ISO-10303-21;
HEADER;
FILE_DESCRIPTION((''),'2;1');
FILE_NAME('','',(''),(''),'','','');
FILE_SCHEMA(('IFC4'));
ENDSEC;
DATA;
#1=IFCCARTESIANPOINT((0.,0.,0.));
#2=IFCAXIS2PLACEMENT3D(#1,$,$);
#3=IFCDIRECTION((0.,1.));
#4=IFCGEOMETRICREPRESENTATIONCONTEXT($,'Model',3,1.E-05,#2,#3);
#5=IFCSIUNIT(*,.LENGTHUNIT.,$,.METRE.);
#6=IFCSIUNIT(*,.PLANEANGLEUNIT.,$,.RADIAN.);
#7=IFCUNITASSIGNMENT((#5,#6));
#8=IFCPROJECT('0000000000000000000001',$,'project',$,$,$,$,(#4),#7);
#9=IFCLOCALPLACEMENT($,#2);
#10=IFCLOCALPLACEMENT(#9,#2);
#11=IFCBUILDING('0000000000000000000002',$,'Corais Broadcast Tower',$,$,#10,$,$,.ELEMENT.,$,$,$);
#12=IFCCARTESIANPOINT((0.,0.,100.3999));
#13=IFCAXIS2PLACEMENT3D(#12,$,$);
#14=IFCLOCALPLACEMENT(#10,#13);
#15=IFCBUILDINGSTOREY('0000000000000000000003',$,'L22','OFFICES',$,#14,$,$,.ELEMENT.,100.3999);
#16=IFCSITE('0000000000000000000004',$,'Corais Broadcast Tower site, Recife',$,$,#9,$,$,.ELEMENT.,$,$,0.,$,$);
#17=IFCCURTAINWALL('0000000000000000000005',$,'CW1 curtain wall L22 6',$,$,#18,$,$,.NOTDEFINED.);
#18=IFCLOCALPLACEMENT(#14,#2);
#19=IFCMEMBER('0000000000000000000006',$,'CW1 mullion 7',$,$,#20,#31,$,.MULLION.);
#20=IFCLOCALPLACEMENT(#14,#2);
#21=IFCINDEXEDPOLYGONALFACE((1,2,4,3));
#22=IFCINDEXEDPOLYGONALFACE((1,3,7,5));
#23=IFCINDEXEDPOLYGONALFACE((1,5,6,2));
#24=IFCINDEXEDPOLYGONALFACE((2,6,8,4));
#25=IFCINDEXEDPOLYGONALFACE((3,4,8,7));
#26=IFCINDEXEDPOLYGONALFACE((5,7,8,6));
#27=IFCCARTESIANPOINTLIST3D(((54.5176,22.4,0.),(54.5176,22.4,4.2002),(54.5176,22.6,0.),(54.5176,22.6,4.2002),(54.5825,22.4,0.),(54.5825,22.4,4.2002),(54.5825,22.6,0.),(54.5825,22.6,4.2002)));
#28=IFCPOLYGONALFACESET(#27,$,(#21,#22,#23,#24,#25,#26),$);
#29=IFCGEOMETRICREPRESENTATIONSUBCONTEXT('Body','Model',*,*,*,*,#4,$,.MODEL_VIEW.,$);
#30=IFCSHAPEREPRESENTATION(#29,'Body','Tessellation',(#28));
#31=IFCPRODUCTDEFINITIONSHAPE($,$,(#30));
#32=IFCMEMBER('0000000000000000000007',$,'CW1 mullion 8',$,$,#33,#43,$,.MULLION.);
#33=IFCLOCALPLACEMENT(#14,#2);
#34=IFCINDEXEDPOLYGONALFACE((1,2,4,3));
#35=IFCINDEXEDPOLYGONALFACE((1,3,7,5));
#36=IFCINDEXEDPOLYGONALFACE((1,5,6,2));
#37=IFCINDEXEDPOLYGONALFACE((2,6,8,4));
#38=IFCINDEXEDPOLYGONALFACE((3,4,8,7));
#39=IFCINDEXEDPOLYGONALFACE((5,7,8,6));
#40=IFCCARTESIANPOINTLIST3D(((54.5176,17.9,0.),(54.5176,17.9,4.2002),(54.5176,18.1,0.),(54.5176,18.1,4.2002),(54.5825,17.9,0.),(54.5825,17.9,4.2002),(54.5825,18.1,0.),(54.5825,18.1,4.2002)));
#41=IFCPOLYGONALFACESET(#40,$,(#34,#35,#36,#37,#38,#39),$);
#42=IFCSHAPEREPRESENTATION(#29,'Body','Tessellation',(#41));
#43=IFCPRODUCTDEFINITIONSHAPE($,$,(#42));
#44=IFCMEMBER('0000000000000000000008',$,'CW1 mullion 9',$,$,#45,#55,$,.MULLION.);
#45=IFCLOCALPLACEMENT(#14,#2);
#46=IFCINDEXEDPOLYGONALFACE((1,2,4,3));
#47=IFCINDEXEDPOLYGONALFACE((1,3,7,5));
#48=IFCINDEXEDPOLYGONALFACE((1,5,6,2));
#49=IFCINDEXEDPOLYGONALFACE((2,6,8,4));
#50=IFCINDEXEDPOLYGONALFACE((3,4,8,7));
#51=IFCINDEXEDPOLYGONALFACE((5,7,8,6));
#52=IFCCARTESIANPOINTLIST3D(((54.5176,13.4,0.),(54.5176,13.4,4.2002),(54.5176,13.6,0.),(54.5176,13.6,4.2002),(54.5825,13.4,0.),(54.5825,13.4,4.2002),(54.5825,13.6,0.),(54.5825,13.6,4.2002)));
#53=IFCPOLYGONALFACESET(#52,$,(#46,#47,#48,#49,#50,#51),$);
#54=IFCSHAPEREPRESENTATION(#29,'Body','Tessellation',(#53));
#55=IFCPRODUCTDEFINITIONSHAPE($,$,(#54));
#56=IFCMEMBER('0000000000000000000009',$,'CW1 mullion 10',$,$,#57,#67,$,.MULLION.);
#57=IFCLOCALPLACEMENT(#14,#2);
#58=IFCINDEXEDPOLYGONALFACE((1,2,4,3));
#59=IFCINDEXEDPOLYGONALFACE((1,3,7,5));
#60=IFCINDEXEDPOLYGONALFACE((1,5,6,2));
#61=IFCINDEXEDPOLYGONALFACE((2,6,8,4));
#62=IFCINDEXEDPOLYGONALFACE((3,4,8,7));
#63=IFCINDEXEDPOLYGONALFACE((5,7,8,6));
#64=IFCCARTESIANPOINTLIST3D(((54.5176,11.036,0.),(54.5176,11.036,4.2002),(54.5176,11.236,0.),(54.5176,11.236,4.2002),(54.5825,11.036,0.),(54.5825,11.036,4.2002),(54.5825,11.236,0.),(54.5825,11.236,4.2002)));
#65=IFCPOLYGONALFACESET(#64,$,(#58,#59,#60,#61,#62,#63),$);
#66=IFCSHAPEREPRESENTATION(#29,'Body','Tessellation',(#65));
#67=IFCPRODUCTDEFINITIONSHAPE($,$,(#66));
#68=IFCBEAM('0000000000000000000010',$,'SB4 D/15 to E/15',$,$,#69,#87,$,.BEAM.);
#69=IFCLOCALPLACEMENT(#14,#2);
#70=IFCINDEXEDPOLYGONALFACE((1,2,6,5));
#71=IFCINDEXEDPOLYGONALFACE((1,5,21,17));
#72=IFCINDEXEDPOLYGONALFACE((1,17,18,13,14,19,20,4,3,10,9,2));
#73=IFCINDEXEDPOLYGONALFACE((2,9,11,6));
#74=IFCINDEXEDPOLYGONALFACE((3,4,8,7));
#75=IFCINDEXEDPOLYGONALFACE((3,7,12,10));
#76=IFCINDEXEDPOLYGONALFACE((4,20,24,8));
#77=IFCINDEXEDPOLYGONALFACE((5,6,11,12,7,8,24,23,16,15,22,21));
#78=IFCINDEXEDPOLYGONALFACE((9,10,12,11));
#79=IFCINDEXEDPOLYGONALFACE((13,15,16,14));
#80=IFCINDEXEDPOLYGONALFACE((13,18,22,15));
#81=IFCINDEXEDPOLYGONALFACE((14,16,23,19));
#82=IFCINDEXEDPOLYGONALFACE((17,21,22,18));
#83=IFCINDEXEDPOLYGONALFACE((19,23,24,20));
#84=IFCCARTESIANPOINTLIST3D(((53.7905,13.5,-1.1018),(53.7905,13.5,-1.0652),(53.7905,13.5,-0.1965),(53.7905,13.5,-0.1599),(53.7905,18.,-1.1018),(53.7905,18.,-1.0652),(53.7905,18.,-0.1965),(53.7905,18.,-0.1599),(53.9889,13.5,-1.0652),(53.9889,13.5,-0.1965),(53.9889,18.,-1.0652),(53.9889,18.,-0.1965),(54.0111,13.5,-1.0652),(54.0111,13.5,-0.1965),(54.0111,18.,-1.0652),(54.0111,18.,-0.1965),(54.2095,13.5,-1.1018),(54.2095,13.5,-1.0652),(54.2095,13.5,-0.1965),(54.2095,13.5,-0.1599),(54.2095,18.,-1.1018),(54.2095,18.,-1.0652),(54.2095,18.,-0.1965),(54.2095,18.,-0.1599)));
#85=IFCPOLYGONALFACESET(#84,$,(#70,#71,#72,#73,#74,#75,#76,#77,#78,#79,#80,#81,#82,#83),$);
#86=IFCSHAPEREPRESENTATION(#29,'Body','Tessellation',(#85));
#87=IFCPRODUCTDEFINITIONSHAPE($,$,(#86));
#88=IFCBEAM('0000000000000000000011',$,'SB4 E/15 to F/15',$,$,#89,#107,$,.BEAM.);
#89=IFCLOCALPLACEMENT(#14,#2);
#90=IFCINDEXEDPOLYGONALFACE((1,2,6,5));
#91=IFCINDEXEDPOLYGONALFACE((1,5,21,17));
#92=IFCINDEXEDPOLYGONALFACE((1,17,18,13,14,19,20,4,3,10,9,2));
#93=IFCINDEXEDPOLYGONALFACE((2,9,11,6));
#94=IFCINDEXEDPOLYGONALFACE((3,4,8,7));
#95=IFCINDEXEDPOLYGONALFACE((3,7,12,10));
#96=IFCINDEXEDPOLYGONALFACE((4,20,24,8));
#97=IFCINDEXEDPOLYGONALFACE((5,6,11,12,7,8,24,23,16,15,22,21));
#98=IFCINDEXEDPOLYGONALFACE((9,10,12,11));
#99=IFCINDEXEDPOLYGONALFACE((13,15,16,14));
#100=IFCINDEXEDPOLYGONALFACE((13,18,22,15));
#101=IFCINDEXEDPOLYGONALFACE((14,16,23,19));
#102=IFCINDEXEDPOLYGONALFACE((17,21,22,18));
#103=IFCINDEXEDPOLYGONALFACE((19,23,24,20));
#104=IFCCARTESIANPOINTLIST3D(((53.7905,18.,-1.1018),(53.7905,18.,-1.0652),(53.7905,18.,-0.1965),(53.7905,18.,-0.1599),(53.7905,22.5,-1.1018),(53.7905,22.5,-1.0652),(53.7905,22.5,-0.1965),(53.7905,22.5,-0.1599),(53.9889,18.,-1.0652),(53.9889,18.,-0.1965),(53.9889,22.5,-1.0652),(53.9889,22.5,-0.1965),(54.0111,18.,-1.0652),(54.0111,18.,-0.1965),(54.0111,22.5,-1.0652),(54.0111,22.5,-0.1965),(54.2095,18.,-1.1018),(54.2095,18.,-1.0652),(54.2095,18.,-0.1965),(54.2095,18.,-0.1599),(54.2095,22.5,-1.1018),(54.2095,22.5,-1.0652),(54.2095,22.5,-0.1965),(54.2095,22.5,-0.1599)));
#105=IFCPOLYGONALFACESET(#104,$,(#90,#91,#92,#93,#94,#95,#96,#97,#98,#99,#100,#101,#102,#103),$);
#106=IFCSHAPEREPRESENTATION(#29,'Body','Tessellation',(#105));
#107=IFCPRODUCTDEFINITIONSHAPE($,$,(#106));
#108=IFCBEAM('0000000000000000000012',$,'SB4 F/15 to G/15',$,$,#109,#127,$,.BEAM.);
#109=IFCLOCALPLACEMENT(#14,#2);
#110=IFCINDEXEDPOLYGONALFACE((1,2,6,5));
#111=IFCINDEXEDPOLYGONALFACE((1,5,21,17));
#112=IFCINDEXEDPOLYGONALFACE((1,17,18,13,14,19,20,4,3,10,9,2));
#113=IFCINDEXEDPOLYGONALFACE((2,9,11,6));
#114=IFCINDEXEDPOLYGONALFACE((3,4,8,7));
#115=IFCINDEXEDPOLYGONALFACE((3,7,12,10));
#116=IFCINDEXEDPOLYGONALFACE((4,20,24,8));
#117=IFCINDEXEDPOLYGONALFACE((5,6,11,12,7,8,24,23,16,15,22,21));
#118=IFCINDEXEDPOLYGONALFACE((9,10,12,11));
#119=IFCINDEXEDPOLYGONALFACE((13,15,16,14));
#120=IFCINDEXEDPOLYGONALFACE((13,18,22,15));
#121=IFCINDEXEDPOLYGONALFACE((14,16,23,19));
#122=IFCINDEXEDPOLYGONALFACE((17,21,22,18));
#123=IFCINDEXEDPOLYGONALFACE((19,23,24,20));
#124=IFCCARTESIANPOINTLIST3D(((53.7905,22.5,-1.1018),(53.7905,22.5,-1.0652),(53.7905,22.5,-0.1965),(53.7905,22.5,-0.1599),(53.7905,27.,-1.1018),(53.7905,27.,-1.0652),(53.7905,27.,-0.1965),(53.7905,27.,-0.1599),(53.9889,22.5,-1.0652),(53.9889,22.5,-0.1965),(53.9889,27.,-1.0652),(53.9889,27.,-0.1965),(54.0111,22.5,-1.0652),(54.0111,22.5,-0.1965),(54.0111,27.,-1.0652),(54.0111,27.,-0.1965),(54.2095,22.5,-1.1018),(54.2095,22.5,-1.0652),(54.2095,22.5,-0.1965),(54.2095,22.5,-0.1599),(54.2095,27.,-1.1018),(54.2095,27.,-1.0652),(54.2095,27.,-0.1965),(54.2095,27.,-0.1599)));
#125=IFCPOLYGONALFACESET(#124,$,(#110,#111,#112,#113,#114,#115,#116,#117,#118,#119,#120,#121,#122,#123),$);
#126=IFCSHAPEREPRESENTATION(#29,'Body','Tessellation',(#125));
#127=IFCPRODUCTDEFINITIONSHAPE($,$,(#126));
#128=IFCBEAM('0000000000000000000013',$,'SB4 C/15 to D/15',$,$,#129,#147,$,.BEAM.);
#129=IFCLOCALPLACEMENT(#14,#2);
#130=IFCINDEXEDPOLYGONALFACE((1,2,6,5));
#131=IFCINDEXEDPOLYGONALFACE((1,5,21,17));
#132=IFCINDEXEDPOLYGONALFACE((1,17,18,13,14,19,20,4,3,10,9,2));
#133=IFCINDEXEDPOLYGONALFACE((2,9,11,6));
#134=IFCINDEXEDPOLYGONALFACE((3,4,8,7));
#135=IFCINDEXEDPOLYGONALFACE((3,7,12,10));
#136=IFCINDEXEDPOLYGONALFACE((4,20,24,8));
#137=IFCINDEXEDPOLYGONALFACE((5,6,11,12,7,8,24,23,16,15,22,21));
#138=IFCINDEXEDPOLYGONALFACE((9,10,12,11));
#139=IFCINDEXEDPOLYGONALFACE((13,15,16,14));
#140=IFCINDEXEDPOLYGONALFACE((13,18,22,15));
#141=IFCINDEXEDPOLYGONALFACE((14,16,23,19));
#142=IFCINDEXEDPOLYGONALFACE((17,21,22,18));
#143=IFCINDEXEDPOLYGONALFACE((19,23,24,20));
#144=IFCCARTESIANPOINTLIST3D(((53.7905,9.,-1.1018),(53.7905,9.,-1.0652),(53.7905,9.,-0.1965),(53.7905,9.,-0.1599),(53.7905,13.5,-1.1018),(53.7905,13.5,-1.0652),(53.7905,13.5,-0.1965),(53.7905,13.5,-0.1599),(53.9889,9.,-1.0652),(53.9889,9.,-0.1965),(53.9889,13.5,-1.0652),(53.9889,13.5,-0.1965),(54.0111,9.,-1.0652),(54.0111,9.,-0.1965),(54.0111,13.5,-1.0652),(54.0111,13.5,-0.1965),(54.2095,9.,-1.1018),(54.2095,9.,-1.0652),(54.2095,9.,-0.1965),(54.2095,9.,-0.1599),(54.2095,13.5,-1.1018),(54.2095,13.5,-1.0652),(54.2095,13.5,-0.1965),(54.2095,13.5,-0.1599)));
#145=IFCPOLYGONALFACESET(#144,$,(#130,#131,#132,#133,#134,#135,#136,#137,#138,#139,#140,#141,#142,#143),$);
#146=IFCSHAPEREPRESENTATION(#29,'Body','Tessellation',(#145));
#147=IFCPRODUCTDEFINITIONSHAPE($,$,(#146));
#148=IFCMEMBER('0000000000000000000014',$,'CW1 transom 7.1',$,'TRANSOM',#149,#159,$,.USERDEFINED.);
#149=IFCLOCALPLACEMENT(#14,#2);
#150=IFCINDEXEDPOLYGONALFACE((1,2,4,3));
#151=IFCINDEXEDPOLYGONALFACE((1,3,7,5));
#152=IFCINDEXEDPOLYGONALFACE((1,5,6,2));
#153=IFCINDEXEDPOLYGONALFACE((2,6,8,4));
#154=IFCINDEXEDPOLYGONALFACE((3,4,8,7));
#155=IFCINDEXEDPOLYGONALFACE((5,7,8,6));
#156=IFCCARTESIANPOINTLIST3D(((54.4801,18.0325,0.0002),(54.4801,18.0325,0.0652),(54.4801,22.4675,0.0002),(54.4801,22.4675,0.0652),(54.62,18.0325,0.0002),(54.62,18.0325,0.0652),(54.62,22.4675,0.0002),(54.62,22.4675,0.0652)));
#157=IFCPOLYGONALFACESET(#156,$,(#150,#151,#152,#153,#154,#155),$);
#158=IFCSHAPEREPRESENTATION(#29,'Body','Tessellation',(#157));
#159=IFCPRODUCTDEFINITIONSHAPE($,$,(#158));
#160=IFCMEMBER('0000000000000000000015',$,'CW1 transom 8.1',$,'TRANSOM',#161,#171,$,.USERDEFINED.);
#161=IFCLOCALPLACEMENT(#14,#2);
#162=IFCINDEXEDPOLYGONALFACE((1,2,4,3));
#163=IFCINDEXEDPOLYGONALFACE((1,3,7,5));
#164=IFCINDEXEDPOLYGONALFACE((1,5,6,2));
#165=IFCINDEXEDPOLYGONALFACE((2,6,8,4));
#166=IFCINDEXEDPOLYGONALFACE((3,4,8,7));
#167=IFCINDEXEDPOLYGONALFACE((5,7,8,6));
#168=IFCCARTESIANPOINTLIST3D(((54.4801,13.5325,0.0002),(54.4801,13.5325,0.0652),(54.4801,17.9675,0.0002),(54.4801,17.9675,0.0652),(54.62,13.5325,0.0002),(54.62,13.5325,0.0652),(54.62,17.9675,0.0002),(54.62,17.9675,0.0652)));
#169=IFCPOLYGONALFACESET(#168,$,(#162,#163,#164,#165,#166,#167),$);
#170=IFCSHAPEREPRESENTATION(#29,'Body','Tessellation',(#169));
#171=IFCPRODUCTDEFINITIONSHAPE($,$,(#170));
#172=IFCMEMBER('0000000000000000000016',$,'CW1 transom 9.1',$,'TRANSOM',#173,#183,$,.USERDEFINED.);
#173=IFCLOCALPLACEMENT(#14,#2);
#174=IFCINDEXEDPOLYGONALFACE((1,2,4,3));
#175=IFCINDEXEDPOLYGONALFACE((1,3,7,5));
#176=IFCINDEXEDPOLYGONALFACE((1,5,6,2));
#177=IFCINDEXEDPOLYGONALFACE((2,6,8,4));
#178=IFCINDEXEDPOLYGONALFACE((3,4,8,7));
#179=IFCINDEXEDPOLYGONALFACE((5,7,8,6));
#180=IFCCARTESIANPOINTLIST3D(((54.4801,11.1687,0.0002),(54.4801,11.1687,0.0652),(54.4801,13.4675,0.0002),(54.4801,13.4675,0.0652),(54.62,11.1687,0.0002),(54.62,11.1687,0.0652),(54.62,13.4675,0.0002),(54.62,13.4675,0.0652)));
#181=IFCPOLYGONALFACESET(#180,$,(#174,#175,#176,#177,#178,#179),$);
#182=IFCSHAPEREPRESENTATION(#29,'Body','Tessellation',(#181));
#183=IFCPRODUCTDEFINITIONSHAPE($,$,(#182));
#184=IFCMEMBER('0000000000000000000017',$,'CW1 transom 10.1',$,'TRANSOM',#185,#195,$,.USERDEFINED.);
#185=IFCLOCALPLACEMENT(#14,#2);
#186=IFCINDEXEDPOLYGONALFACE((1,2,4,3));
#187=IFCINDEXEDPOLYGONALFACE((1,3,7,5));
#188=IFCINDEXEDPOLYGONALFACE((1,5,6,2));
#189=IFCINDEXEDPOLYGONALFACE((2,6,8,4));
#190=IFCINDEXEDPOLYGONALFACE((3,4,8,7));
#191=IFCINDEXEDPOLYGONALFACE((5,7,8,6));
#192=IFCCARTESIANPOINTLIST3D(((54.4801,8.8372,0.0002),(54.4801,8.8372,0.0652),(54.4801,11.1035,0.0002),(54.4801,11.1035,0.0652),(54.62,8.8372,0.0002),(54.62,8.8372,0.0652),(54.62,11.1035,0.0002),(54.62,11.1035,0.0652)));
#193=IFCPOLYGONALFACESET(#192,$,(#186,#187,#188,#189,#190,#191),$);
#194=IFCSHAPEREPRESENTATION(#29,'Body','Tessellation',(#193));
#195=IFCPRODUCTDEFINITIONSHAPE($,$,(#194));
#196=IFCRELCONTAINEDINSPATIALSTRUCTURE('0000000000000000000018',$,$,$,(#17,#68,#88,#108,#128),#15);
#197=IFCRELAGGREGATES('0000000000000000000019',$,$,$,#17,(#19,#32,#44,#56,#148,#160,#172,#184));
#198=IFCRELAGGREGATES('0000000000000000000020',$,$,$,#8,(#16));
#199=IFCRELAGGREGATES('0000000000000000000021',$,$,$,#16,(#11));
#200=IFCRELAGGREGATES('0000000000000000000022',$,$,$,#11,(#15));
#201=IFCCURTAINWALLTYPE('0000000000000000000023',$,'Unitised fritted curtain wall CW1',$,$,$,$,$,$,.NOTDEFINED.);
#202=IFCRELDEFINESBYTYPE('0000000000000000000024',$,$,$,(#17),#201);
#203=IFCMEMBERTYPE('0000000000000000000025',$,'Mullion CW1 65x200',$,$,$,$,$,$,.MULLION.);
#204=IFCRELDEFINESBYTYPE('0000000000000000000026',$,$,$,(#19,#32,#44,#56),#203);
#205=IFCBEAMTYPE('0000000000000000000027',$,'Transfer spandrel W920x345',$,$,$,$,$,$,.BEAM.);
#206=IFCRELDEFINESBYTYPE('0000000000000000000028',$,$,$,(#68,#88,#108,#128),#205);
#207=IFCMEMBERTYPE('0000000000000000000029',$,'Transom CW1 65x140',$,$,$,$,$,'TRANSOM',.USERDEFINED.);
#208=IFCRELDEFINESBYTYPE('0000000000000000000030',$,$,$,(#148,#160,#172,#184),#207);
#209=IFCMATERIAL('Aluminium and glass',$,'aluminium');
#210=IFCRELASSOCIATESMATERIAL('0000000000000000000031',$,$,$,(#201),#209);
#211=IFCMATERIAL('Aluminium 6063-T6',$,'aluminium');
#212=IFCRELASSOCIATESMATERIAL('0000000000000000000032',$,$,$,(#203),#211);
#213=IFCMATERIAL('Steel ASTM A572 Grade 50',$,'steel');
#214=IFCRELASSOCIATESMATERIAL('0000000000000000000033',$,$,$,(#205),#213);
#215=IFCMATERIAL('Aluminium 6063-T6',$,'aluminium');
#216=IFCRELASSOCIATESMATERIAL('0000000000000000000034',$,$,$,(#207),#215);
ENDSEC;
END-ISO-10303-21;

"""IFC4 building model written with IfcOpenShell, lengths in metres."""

from ifc_helpers import new_model, si_unit, direction, frame, origin, origin_2d, place, context, subcontext, project, spatial, rectangle, i_section, extrude, material, material_profile, profile_set, type_object, element, aggregate, save


model = new_model("IFC4")

# Units and contexts
model_context = context("Model", 3, precision=1e-05, world=origin(), true_north=direction((0.0, 1.0)))
body_context = subcontext(model_context, "Body", "Model", "MODEL_VIEW")
ifc_project = project(units=[si_unit("LENGTHUNIT", "METRE"), si_unit("PLANEANGLEUNIT", "RADIAN")], contexts=[model_context])

# Site, building, storey
site_placement = place(None, origin())
site = spatial("IfcSite", under=ifc_project, at=site_placement, Name="Corais Broadcast Tower site, Recife", CompositionType="ELEMENT", RefElevation=0.0)
building_placement = place(site_placement, origin())
building = spatial("IfcBuilding", under=site, at=building_placement, Name="Corais Broadcast Tower", CompositionType="ELEMENT")
storey_placement = place(building_placement, frame((0.0, 0.0, 100.3999)))
storey = spatial("IfcBuildingStorey", under=building, at=storey_placement, Name="L22", Description="OFFICES", CompositionType="ELEMENT", Elevation=100.3999)

# Curtain wall, members
ifc_material_1 = material(Name="Aluminium and glass", Category="aluminium")
curtain_wall_type = type_object("IfcCurtainWallType", Name="Unitised fritted curtain wall CW1", PredefinedType="NOTDEFINED", material=ifc_material_1)
curtain_wall_placement = place(storey_placement, origin())
curtain_wall = element("IfcCurtainWall", 1, at=curtain_wall_placement, inside=storey, type_object=curtain_wall_type, Name="CW1 curtain wall L22 6", PredefinedType="NOTDEFINED")
ifc_material_2 = material(Name="Aluminium 6063-T6", Category="aluminium")
ifc_material_profile_1 = material_profile(ifc_material_2, rectangle(XDim=0.0649, YDim=0.2, at=origin_2d()), Name="Mullion CW1 65x200")
ifc_profile_set_1 = profile_set([ifc_material_profile_1], Name="Aluminium 6063-T6")
member_type_1 = type_object("IfcMemberType", Name="Mullion CW1 65x200", PredefinedType="MULLION", material=ifc_profile_set_1)
member_1_placement = place(storey_placement, frame((54.55, 22.5, 0.0), z_axis=(0.0, 0.0, 1.0), x_axis=(1.0, 0.0, 0.0)))
member_1 = element("IfcMember", 2, at=member_1_placement, type_object=member_type_1, Name="CW1 mullion 7", PredefinedType="MULLION", context=body_context, shape_type="SweptSolid", body=[
    extrude(rectangle(XDim=0.0649, YDim=0.2, at=origin_2d()), origin(), (0.0, 0.0, 1.0), 4.2002),
])
member_2_placement = place(storey_placement, frame((54.55, 18.0, 0.0), z_axis=(0.0, 0.0, 1.0), x_axis=(1.0, 0.0, 0.0)))
member_2 = element("IfcMember", 3, at=member_2_placement, type_object=member_type_1, Name="CW1 mullion 8", PredefinedType="MULLION", context=body_context, shape_type="SweptSolid", body=[
    extrude(rectangle(XDim=0.0649, YDim=0.2, at=origin_2d()), origin(), (0.0, 0.0, 1.0), 4.2002),
])
member_3_placement = place(storey_placement, frame((54.55, 13.5, 0.0), z_axis=(0.0, 0.0, 1.0), x_axis=(1.0, 0.0, 0.0)))
member_3 = element("IfcMember", 4, at=member_3_placement, type_object=member_type_1, Name="CW1 mullion 9", PredefinedType="MULLION", context=body_context, shape_type="SweptSolid", body=[
    extrude(rectangle(XDim=0.0649, YDim=0.2, at=origin_2d()), origin(), (0.0, 0.0, 1.0), 4.2002),
])
member_4_placement = place(storey_placement, frame((54.55, 11.136, 0.0), z_axis=(0.0, 0.0, 1.0), x_axis=(1.0, 0.0, 0.0)))
member_4 = element("IfcMember", 5, at=member_4_placement, type_object=member_type_1, Name="CW1 mullion 10", PredefinedType="MULLION", context=body_context, shape_type="SweptSolid", body=[
    extrude(rectangle(XDim=0.0649, YDim=0.2, at=origin_2d()), origin(), (0.0, 0.0, 1.0), 4.2002),
])

# Beams
ifc_material_3 = material(Name="Steel ASTM A572 Grade 50", Category="steel")
ifc_material_profile_2 = material_profile(ifc_material_3, i_section(OverallWidth=0.4189, OverallDepth=0.9419, WebThickness=0.0222, FlangeThickness=0.0366, at=origin_2d()), Name="W920x345")
ifc_profile_set_2 = profile_set([ifc_material_profile_2], Name="Steel ASTM A572 Grade 50")
beam_type_1 = type_object("IfcBeamType", Name="Transfer spandrel W920x345", PredefinedType="BEAM", material=ifc_profile_set_2)
for number, where, z_axis, x_axis, name in (
    (6, (54.0, 13.5, -0.6309), (0.0, 1.0, 0.0), (-1.0, 0.0, 0.0), "SB4 D/15 to E/15"),
    (7, (54.0, 18.0, -0.6309), (0.0, 1.0, 0.0), (-1.0, 0.0, 0.0), "SB4 E/15 to F/15"),
    (8, (54.0, 22.5, -0.6309), (0.0, 1.0, 0.0), (-1.0, 0.0, 0.0), "SB4 F/15 to G/15"),
    (9, (54.0, 9.0, -0.6309), (0.0, 1.0, 0.0), (-1.0, 0.0, 0.0), "SB4 C/15 to D/15"),
):
    element("IfcBeam", number, at=place(storey_placement, frame(where, z_axis=z_axis, x_axis=x_axis)), inside=storey, type_object=beam_type_1, Name=name, PredefinedType="BEAM", context=body_context, shape_type="SweptSolid", body=[
        extrude(i_section(OverallWidth=0.4189, OverallDepth=0.9419, WebThickness=0.0222, FlangeThickness=0.0366, at=origin_2d()), origin(), (0.0, 0.0, 1.0), 4.5),
    ])

# Members
ifc_material_4 = material(Name="Aluminium 6063-T6", Category="aluminium")
ifc_material_profile_3 = material_profile(ifc_material_4, rectangle(XDim=0.1399, YDim=0.0649, at=origin_2d()), Name="Transom CW1 65x140")
ifc_profile_set_3 = profile_set([ifc_material_profile_3], Name="Aluminium 6063-T6")
member_type_2 = type_object("IfcMemberType", Name="Transom CW1 65x140", ElementType="TRANSOM", PredefinedType="USERDEFINED", material=ifc_profile_set_3)
member_5_placement = place(storey_placement, frame((54.55, 22.4675, 0.0327), z_axis=(0.0, -1.0, 0.0), x_axis=(1.0, 0.0, 0.0)))
member_5 = element("IfcMember", 10, at=member_5_placement, type_object=member_type_2, Name="CW1 transom 7.1", ObjectType="TRANSOM", PredefinedType="USERDEFINED", context=body_context, shape_type="SweptSolid", body=[
    extrude(rectangle(XDim=0.1399, YDim=0.0649, at=origin_2d()), origin(), (0.0, 0.0, 1.0), 4.4351),
])
member_6_placement = place(storey_placement, frame((54.55, 17.9675, 0.0327), z_axis=(0.0, -1.0, 0.0), x_axis=(1.0, 0.0, 0.0)))
member_6 = element("IfcMember", 11, at=member_6_placement, type_object=member_type_2, Name="CW1 transom 8.1", ObjectType="TRANSOM", PredefinedType="USERDEFINED", context=body_context, shape_type="SweptSolid", body=[
    extrude(rectangle(XDim=0.1399, YDim=0.0649, at=origin_2d()), origin(), (0.0, 0.0, 1.0), 4.4351),
])
member_7_placement = place(storey_placement, frame((54.55, 13.4675, 0.0327), z_axis=(0.0, -1.0, 0.0), x_axis=(1.0, 0.0, 0.0)))
member_7 = element("IfcMember", 12, at=member_7_placement, type_object=member_type_2, Name="CW1 transom 9.1", ObjectType="TRANSOM", PredefinedType="USERDEFINED", context=body_context, shape_type="SweptSolid", body=[
    extrude(rectangle(XDim=0.1399, YDim=0.0649, at=origin_2d()), origin(), (0.0, 0.0, 1.0), 2.2988),
])
member_8_placement = place(storey_placement, frame((54.55, 11.1035, 0.0327), z_axis=(0.0, -1.0, 0.0), x_axis=(1.0, 0.0, 0.0)))
member_8 = element("IfcMember", 13, at=member_8_placement, type_object=member_type_2, Name="CW1 transom 10.1", ObjectType="TRANSOM", PredefinedType="USERDEFINED", context=body_context, shape_type="SweptSolid", body=[
    extrude(rectangle(XDim=0.1399, YDim=0.0649, at=origin_2d()), origin(), (0.0, 0.0, 1.0), 2.2664),
])

aggregate(curtain_wall, [member_1, member_2, member_3, member_4, member_5, member_6, member_7, member_8])

save(model, "model.ifc")
